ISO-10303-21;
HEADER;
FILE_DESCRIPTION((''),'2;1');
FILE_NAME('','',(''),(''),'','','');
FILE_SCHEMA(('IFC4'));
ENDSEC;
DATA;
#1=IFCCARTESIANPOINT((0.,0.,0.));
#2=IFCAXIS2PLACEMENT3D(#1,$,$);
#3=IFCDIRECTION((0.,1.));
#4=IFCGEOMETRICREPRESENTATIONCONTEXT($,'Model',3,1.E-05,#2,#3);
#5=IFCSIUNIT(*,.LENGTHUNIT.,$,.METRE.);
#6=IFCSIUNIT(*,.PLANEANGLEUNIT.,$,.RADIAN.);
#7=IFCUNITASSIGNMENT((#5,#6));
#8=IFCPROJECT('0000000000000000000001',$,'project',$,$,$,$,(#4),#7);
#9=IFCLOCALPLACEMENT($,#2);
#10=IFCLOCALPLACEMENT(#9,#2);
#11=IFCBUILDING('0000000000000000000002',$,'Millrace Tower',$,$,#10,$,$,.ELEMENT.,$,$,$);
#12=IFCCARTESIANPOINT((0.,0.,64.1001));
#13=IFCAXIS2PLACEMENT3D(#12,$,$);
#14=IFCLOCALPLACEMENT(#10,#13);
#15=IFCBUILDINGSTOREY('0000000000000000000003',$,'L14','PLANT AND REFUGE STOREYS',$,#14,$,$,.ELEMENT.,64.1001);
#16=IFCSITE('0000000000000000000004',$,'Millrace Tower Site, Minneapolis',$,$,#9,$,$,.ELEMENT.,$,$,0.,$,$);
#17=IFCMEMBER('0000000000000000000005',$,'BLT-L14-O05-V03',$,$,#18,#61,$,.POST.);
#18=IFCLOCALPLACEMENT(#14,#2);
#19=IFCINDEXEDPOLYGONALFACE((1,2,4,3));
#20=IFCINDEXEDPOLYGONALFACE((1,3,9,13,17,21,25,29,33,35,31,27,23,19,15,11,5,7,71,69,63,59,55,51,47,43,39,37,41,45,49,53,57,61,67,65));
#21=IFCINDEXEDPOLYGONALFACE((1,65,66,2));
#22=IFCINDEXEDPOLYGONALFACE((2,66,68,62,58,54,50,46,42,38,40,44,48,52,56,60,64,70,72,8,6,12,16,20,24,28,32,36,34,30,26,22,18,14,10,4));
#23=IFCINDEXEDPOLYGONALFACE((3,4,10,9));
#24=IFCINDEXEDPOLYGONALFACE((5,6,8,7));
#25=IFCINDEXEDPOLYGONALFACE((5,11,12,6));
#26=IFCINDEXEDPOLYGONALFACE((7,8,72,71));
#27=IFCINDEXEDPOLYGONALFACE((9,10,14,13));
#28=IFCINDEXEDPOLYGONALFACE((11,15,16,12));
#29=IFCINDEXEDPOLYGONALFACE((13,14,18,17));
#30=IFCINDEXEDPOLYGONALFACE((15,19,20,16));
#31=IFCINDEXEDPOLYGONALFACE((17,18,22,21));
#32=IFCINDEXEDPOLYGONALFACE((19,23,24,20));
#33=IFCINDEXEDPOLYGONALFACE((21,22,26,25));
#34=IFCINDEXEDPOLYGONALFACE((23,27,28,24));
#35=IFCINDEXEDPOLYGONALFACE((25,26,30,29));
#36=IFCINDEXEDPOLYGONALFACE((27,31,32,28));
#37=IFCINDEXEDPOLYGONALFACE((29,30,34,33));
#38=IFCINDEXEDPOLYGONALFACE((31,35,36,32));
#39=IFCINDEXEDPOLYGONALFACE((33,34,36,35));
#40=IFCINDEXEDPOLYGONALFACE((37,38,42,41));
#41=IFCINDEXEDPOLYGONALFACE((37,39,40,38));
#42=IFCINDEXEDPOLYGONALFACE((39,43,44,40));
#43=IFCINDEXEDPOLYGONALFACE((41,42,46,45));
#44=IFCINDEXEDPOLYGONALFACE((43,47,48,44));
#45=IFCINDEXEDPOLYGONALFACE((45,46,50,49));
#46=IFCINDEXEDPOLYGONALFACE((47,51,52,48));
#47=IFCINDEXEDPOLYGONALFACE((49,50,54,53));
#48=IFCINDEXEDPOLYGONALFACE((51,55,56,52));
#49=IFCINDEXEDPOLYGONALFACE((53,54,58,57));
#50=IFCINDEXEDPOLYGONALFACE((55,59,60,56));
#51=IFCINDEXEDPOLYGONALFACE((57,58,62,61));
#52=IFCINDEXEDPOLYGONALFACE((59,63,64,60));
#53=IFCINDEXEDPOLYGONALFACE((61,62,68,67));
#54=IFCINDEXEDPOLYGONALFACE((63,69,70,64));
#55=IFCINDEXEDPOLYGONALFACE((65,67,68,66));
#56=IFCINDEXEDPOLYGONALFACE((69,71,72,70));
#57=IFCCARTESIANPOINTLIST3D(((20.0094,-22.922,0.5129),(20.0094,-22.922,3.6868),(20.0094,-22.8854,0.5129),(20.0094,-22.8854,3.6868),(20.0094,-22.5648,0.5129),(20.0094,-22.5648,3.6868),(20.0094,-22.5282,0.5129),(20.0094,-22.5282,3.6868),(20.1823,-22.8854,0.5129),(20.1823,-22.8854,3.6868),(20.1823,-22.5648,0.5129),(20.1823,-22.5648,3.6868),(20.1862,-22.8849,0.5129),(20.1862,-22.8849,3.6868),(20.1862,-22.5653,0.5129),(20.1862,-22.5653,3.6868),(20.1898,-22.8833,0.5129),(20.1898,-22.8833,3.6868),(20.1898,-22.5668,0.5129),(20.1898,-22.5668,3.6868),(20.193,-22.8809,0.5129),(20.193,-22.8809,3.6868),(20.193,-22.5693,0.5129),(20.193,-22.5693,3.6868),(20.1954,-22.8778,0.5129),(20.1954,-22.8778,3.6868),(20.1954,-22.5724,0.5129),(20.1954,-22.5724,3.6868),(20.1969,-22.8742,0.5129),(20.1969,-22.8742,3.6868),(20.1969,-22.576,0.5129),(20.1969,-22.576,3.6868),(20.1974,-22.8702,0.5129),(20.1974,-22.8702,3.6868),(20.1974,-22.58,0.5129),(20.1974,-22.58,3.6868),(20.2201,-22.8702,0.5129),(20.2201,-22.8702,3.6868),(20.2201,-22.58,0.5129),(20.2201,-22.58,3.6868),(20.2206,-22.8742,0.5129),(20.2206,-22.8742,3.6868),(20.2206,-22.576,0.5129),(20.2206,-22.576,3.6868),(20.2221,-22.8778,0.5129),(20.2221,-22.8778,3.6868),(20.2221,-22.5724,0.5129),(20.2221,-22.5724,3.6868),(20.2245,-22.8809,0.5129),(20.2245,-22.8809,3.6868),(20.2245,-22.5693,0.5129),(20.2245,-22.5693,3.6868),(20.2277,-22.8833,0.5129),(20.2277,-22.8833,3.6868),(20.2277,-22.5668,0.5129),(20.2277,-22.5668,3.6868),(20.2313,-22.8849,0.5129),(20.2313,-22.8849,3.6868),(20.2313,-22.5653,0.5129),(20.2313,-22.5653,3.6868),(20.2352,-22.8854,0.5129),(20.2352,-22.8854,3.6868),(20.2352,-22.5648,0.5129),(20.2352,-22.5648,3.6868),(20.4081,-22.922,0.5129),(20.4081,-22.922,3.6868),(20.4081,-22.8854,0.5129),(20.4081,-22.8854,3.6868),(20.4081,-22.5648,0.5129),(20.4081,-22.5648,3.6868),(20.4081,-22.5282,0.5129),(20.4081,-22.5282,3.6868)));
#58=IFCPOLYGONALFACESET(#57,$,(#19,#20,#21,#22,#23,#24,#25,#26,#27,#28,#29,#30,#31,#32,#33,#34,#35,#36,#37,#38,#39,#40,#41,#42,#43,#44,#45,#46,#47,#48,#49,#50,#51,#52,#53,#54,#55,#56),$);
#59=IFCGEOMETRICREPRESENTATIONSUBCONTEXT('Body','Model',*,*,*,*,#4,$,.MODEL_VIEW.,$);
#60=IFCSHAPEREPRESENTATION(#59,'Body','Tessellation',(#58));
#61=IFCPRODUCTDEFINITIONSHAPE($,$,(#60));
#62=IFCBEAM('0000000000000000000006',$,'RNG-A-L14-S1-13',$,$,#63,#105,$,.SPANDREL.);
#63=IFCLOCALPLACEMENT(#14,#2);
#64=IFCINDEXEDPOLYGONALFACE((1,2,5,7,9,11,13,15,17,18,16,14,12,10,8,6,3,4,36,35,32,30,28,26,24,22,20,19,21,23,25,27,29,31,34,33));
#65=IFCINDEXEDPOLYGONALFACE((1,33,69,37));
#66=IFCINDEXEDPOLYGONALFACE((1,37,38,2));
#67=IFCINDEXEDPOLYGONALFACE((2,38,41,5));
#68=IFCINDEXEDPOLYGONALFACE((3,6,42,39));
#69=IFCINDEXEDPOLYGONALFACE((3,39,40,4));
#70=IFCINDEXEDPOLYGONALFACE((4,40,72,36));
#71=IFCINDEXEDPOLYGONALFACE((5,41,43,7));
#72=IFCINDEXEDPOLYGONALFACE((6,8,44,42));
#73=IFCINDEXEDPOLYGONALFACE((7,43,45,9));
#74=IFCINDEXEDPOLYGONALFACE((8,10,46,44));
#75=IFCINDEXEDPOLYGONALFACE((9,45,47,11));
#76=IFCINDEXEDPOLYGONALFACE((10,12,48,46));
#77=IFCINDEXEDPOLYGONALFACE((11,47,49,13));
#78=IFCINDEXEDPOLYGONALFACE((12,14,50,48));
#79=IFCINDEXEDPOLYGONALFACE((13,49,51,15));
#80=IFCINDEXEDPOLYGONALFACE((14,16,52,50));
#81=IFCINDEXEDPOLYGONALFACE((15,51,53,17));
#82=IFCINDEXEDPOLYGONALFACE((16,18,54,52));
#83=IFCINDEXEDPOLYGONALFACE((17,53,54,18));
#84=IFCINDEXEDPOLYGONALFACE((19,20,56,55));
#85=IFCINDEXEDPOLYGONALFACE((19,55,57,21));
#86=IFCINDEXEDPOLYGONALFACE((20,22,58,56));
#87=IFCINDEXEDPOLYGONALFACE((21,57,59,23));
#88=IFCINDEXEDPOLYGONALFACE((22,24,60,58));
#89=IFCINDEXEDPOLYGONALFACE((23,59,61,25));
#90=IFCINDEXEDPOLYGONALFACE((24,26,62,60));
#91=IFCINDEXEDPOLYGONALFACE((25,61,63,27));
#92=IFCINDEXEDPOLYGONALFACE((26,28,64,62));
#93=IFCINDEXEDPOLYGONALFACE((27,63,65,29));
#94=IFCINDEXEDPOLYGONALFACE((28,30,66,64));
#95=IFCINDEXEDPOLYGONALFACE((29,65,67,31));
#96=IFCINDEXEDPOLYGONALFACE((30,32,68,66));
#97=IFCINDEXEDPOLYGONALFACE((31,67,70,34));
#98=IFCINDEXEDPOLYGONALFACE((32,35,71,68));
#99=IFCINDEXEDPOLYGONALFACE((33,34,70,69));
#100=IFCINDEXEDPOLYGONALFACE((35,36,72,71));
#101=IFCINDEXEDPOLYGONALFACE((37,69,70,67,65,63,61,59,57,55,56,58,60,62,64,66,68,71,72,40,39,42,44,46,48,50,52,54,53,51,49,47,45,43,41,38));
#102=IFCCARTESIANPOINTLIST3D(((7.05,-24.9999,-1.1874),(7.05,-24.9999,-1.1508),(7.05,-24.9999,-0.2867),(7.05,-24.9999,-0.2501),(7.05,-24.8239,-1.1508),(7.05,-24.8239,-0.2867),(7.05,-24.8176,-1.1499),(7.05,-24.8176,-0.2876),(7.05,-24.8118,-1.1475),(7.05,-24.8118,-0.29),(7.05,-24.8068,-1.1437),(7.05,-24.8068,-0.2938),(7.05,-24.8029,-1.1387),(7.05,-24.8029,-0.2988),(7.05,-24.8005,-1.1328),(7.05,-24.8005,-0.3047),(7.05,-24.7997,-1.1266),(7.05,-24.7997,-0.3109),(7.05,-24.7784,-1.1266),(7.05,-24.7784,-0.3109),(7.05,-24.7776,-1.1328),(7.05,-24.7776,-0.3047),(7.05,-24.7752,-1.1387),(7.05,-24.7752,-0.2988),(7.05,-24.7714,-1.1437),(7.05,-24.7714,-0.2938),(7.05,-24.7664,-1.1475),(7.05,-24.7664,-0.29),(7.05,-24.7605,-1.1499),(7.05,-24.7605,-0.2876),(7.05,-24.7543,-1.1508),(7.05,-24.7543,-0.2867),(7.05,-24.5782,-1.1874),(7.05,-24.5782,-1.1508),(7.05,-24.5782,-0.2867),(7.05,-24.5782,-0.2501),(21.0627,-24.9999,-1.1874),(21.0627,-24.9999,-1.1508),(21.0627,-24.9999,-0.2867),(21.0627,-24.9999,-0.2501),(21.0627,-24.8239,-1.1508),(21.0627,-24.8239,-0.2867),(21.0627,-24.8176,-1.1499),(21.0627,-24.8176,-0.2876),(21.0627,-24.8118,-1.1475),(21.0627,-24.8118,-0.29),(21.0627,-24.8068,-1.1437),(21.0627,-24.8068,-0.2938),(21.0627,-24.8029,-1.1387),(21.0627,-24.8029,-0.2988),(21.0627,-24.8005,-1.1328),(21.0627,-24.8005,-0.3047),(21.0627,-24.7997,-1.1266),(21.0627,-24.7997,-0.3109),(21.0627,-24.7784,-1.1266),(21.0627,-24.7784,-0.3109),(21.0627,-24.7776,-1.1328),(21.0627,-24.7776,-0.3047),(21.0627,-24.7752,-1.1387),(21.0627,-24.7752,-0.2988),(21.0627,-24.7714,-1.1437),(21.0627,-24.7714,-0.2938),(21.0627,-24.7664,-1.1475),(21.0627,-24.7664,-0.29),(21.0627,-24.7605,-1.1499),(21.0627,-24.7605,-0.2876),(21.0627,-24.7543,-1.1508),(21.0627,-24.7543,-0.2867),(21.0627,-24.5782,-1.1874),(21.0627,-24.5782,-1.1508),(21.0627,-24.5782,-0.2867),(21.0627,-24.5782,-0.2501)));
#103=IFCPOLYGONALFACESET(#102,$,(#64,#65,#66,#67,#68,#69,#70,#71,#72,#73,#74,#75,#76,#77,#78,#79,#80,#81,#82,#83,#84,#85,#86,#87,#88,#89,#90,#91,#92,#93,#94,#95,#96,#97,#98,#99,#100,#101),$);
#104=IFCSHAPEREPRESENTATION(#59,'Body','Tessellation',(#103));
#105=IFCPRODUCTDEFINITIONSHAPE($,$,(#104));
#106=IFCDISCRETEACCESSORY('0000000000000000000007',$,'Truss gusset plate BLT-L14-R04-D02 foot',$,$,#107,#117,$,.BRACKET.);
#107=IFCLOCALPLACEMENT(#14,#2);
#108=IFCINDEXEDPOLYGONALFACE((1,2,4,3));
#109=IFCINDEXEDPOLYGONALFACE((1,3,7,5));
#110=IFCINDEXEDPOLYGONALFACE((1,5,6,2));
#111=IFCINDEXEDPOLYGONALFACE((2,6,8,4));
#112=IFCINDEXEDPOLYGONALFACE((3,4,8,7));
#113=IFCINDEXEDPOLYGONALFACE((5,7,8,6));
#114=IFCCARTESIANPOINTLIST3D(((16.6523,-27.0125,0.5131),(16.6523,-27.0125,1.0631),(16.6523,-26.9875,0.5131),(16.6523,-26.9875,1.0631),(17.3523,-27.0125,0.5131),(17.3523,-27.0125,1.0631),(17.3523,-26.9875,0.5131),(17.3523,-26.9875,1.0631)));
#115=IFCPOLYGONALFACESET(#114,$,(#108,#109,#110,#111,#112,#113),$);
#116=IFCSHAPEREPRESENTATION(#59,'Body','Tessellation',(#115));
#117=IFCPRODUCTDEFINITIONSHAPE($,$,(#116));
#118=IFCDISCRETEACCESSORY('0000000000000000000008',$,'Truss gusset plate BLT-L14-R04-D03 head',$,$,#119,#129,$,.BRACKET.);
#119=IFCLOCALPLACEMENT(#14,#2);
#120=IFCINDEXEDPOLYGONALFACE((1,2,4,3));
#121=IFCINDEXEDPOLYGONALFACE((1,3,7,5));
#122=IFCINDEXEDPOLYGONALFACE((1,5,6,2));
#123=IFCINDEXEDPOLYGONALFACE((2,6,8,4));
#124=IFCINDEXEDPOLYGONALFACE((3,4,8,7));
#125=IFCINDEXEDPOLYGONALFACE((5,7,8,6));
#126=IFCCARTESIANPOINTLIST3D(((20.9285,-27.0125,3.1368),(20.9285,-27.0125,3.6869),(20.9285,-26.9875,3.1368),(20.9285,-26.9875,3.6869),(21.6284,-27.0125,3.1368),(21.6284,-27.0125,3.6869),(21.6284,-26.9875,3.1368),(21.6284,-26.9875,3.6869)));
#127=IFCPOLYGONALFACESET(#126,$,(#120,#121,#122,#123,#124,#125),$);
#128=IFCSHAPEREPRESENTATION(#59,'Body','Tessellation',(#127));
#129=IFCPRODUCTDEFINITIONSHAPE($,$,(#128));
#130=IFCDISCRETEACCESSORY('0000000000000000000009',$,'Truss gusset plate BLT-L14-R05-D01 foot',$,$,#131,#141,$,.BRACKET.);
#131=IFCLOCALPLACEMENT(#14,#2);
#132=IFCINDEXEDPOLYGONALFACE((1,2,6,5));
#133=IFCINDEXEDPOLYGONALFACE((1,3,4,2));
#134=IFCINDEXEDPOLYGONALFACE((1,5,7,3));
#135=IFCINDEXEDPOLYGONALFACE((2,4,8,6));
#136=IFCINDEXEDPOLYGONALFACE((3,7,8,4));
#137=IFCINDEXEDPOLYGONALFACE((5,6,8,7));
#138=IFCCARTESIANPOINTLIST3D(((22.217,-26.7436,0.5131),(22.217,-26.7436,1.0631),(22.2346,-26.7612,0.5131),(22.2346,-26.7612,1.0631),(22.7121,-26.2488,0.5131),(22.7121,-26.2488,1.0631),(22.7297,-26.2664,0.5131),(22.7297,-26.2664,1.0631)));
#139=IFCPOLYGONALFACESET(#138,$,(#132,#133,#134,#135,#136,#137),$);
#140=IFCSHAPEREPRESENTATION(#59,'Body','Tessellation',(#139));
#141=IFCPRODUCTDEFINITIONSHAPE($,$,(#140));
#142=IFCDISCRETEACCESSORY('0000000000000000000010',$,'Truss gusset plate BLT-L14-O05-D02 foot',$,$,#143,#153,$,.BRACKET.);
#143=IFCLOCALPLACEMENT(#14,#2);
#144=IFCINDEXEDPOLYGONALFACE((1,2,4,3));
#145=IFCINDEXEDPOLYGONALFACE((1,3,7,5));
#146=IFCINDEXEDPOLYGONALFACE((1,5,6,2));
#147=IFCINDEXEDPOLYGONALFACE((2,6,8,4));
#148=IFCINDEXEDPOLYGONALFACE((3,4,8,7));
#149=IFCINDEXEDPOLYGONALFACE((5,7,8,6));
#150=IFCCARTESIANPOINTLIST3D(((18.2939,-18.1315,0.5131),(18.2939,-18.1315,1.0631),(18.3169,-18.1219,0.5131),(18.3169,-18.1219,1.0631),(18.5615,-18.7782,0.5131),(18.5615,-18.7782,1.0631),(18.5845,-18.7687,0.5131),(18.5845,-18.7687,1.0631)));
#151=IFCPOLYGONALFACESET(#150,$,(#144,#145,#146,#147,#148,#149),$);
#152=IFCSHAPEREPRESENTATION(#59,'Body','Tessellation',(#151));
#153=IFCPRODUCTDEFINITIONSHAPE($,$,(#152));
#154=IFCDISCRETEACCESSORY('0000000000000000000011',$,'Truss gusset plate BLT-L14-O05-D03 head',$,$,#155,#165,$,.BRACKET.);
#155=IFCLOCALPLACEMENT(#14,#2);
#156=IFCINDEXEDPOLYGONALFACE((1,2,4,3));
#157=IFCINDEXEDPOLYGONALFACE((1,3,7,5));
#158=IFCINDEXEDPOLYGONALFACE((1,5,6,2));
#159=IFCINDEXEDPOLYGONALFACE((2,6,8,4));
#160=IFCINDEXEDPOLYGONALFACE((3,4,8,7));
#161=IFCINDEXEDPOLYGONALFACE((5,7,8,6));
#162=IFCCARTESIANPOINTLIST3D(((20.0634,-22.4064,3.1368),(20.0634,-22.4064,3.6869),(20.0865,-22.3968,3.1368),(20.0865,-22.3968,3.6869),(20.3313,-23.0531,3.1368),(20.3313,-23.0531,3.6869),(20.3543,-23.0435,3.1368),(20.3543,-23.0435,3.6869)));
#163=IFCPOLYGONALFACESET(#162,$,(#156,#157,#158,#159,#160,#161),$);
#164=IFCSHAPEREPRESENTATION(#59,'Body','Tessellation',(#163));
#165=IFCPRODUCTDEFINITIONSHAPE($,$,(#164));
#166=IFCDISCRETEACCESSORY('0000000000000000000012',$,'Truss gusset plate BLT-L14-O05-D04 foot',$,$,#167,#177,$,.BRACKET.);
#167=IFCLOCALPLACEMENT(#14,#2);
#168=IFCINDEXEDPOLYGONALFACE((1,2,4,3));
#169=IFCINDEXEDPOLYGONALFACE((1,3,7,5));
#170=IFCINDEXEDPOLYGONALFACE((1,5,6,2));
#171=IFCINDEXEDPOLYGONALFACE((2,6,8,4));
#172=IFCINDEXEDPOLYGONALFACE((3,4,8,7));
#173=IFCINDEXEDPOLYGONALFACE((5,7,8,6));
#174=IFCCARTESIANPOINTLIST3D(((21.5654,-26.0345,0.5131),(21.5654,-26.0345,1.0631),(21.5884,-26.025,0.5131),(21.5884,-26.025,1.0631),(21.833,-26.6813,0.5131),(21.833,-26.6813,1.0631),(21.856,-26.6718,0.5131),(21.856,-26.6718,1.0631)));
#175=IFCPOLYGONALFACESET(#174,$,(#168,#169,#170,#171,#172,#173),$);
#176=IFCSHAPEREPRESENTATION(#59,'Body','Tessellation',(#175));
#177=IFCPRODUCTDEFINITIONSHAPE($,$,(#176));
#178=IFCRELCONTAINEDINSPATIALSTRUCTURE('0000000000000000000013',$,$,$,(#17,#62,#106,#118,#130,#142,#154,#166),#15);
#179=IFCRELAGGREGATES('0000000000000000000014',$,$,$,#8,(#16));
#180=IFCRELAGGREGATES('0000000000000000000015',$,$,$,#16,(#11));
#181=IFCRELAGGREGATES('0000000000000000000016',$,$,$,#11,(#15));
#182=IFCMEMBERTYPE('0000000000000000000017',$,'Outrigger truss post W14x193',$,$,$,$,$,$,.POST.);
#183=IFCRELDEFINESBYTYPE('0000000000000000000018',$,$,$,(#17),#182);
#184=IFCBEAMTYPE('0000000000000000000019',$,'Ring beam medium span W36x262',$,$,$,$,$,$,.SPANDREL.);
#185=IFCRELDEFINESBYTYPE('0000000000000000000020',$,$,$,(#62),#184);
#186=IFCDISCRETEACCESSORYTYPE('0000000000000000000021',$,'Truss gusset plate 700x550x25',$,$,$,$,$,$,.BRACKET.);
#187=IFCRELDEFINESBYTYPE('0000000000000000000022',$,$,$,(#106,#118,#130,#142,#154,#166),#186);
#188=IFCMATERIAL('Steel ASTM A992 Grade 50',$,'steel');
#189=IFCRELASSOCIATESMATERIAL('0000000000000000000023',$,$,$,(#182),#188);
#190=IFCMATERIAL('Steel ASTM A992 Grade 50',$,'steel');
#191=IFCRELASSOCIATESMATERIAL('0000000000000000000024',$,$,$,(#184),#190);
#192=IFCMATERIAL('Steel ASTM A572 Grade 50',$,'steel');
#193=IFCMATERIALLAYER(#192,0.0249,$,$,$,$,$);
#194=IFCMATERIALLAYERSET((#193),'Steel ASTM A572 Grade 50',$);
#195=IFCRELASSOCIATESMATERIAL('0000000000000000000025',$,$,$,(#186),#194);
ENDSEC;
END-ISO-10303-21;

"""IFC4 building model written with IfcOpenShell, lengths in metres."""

from ifc_helpers import new_model, si_unit, direction, frame, origin, origin_2d, place, context, subcontext, project, spatial, rectangle, i_section, extrude, material, layer, layer_set, material_profile, profile_set, type_object, element, save


model = new_model("IFC4")

# Units and contexts
model_context = context("Model", 3, precision=1e-05, world=origin(), true_north=direction((0.0, 1.0)))
body_context = subcontext(model_context, "Body", "Model", "MODEL_VIEW")
ifc_project = project(units=[si_unit("LENGTHUNIT", "METRE"), si_unit("PLANEANGLEUNIT", "RADIAN")], contexts=[model_context])

# Site, building, storey
site_placement = place(None, origin())
site = spatial("IfcSite", under=ifc_project, at=site_placement, Name="Millrace Tower Site, Minneapolis", CompositionType="ELEMENT", RefElevation=0.0)
building_placement = place(site_placement, origin())
building = spatial("IfcBuilding", under=site, at=building_placement, Name="Millrace Tower", CompositionType="ELEMENT")
storey_placement = place(building_placement, frame((0.0, 0.0, 64.1001)))
storey = spatial("IfcBuildingStorey", under=building, at=storey_placement, Name="L14", Description="PLANT AND REFUGE STOREYS", CompositionType="ELEMENT", Elevation=64.1001)

# Member
ifc_material_1 = material(Name="Steel ASTM A992 Grade 50", Category="steel")
ifc_material_profile_1 = material_profile(ifc_material_1, i_section(OverallWidth=0.3987, OverallDepth=0.3938, WebThickness=0.0227, FlangeThickness=0.0366, FilletRadius=0.0151, at=origin_2d()))
ifc_profile_set_1 = profile_set([ifc_material_profile_1], Name="Steel ASTM A992 Grade 50")
member_type_1 = type_object("IfcMemberType", Name="Outrigger truss post W14x193", PredefinedType="POST", material=ifc_profile_set_1)
for number, where, z_axis, x_axis, name in (
    (1, (20.2087, -22.7251, 0.5129), (0.0, 0.0, 1.0), (1.0, 0.0, 0.0), "BLT-L14-O05-V03"),
):
    element("IfcMember", number, at=place(storey_placement, frame(where, z_axis=z_axis, x_axis=x_axis)), inside=storey, type_object=member_type_1, Name=name, PredefinedType="POST", context=body_context, shape_type="SweptSolid", body=[
        extrude(i_section(OverallWidth=0.3987, OverallDepth=0.3938, WebThickness=0.0227, FlangeThickness=0.0366, FilletRadius=0.0151, at=origin_2d()), origin(), (0.0, 0.0, 1.0), 3.1738),
    ])

# Beam
ifc_material_2 = material(Name="Steel ASTM A992 Grade 50", Category="steel")
ifc_material_profile_2 = material_profile(ifc_material_2, i_section(OverallWidth=0.4216, OverallDepth=0.9373, WebThickness=0.0212, FlangeThickness=0.0366, FilletRadius=0.0242, at=origin_2d()))
ifc_profile_set_2 = profile_set([ifc_material_profile_2], Name="Steel ASTM A992 Grade 50")
beam_type_1 = type_object("IfcBeamType", Name="Ring beam medium span W36x262", PredefinedType="SPANDREL", material=ifc_profile_set_2)
beam_1_placement = place(storey_placement, frame((21.0627, -24.7891, -0.7188), z_axis=(-1.0, 0.0, 0.0), x_axis=(0.0, -1.0, 0.0)))
element("IfcBeam", 2, at=beam_1_placement, inside=storey, type_object=beam_type_1, Name="RNG-A-L14-S1-13", PredefinedType="SPANDREL", context=body_context, shape_type="SweptSolid", body=[
    extrude(i_section(OverallWidth=0.4216, OverallDepth=0.9373, WebThickness=0.0212, FlangeThickness=0.0366, FilletRadius=0.0242, at=origin_2d()), origin(), (0.0, 0.0, 1.0), 14.0127),
])

# Discrete accessories
ifc_material_3 = material(Name="Steel ASTM A572 Grade 50", Category="steel")
ifc_layer_1 = layer(ifc_material_3, 0.0249)
ifc_layer_set_1 = layer_set([ifc_layer_1], Name="Steel ASTM A572 Grade 50")
discrete_accessory_type = type_object("IfcDiscreteAccessoryType", Name="Truss gusset plate 700x550x25", PredefinedType="BRACKET", material=ifc_layer_set_1)
for number, where, z_axis, x_axis, name in (
    (3, (16.6523, -27.0, 0.7881), (1.0, 0.0, 0.0), (0.0, 1.0, 0.0), "Truss gusset plate BLT-L14-R04-D02 foot"),
    (4, (20.9285, -27.0, 3.4119), (1.0, 0.0, 0.0), (0.0, 1.0, 0.0), "Truss gusset plate BLT-L14-R04-D03 head"),
    (5, (22.2258, -26.7524, 0.7881), (0.707281, 0.706932, 0.0), (-0.706932, 0.707281, 0.0), "Truss gusset plate BLT-L14-R05-D01 foot"),
    (6, (18.3054, -18.1267, 0.7881), (0.382311, -0.924034, 0.0), (0.924034, 0.382311, 0.0), "Truss gusset plate BLT-L14-O05-D02 foot"),
    (7, (20.075, -22.4016, 3.4119), (0.382608, -0.923911, 0.0), (0.923911, 0.382608, 0.0), "Truss gusset plate BLT-L14-O05-D03 head"),
    (8, (21.5769, -26.0298, 0.7881), (0.382311, -0.924034, 0.0), (0.924034, 0.382311, 0.0), "Truss gusset plate BLT-L14-O05-D04 foot"),
):
    element("IfcDiscreteAccessory", number, at=place(storey_placement, frame(where, z_axis=z_axis, x_axis=x_axis)), inside=storey, type_object=discrete_accessory_type, Name=name, PredefinedType="BRACKET", context=body_context, shape_type="SweptSolid", body=[
        extrude(rectangle(XDim=0.0249, YDim=0.55, at=origin_2d()), origin(), (0.0, 0.0, 1.0), 0.7),
    ])

save(model, "model.ifc")
